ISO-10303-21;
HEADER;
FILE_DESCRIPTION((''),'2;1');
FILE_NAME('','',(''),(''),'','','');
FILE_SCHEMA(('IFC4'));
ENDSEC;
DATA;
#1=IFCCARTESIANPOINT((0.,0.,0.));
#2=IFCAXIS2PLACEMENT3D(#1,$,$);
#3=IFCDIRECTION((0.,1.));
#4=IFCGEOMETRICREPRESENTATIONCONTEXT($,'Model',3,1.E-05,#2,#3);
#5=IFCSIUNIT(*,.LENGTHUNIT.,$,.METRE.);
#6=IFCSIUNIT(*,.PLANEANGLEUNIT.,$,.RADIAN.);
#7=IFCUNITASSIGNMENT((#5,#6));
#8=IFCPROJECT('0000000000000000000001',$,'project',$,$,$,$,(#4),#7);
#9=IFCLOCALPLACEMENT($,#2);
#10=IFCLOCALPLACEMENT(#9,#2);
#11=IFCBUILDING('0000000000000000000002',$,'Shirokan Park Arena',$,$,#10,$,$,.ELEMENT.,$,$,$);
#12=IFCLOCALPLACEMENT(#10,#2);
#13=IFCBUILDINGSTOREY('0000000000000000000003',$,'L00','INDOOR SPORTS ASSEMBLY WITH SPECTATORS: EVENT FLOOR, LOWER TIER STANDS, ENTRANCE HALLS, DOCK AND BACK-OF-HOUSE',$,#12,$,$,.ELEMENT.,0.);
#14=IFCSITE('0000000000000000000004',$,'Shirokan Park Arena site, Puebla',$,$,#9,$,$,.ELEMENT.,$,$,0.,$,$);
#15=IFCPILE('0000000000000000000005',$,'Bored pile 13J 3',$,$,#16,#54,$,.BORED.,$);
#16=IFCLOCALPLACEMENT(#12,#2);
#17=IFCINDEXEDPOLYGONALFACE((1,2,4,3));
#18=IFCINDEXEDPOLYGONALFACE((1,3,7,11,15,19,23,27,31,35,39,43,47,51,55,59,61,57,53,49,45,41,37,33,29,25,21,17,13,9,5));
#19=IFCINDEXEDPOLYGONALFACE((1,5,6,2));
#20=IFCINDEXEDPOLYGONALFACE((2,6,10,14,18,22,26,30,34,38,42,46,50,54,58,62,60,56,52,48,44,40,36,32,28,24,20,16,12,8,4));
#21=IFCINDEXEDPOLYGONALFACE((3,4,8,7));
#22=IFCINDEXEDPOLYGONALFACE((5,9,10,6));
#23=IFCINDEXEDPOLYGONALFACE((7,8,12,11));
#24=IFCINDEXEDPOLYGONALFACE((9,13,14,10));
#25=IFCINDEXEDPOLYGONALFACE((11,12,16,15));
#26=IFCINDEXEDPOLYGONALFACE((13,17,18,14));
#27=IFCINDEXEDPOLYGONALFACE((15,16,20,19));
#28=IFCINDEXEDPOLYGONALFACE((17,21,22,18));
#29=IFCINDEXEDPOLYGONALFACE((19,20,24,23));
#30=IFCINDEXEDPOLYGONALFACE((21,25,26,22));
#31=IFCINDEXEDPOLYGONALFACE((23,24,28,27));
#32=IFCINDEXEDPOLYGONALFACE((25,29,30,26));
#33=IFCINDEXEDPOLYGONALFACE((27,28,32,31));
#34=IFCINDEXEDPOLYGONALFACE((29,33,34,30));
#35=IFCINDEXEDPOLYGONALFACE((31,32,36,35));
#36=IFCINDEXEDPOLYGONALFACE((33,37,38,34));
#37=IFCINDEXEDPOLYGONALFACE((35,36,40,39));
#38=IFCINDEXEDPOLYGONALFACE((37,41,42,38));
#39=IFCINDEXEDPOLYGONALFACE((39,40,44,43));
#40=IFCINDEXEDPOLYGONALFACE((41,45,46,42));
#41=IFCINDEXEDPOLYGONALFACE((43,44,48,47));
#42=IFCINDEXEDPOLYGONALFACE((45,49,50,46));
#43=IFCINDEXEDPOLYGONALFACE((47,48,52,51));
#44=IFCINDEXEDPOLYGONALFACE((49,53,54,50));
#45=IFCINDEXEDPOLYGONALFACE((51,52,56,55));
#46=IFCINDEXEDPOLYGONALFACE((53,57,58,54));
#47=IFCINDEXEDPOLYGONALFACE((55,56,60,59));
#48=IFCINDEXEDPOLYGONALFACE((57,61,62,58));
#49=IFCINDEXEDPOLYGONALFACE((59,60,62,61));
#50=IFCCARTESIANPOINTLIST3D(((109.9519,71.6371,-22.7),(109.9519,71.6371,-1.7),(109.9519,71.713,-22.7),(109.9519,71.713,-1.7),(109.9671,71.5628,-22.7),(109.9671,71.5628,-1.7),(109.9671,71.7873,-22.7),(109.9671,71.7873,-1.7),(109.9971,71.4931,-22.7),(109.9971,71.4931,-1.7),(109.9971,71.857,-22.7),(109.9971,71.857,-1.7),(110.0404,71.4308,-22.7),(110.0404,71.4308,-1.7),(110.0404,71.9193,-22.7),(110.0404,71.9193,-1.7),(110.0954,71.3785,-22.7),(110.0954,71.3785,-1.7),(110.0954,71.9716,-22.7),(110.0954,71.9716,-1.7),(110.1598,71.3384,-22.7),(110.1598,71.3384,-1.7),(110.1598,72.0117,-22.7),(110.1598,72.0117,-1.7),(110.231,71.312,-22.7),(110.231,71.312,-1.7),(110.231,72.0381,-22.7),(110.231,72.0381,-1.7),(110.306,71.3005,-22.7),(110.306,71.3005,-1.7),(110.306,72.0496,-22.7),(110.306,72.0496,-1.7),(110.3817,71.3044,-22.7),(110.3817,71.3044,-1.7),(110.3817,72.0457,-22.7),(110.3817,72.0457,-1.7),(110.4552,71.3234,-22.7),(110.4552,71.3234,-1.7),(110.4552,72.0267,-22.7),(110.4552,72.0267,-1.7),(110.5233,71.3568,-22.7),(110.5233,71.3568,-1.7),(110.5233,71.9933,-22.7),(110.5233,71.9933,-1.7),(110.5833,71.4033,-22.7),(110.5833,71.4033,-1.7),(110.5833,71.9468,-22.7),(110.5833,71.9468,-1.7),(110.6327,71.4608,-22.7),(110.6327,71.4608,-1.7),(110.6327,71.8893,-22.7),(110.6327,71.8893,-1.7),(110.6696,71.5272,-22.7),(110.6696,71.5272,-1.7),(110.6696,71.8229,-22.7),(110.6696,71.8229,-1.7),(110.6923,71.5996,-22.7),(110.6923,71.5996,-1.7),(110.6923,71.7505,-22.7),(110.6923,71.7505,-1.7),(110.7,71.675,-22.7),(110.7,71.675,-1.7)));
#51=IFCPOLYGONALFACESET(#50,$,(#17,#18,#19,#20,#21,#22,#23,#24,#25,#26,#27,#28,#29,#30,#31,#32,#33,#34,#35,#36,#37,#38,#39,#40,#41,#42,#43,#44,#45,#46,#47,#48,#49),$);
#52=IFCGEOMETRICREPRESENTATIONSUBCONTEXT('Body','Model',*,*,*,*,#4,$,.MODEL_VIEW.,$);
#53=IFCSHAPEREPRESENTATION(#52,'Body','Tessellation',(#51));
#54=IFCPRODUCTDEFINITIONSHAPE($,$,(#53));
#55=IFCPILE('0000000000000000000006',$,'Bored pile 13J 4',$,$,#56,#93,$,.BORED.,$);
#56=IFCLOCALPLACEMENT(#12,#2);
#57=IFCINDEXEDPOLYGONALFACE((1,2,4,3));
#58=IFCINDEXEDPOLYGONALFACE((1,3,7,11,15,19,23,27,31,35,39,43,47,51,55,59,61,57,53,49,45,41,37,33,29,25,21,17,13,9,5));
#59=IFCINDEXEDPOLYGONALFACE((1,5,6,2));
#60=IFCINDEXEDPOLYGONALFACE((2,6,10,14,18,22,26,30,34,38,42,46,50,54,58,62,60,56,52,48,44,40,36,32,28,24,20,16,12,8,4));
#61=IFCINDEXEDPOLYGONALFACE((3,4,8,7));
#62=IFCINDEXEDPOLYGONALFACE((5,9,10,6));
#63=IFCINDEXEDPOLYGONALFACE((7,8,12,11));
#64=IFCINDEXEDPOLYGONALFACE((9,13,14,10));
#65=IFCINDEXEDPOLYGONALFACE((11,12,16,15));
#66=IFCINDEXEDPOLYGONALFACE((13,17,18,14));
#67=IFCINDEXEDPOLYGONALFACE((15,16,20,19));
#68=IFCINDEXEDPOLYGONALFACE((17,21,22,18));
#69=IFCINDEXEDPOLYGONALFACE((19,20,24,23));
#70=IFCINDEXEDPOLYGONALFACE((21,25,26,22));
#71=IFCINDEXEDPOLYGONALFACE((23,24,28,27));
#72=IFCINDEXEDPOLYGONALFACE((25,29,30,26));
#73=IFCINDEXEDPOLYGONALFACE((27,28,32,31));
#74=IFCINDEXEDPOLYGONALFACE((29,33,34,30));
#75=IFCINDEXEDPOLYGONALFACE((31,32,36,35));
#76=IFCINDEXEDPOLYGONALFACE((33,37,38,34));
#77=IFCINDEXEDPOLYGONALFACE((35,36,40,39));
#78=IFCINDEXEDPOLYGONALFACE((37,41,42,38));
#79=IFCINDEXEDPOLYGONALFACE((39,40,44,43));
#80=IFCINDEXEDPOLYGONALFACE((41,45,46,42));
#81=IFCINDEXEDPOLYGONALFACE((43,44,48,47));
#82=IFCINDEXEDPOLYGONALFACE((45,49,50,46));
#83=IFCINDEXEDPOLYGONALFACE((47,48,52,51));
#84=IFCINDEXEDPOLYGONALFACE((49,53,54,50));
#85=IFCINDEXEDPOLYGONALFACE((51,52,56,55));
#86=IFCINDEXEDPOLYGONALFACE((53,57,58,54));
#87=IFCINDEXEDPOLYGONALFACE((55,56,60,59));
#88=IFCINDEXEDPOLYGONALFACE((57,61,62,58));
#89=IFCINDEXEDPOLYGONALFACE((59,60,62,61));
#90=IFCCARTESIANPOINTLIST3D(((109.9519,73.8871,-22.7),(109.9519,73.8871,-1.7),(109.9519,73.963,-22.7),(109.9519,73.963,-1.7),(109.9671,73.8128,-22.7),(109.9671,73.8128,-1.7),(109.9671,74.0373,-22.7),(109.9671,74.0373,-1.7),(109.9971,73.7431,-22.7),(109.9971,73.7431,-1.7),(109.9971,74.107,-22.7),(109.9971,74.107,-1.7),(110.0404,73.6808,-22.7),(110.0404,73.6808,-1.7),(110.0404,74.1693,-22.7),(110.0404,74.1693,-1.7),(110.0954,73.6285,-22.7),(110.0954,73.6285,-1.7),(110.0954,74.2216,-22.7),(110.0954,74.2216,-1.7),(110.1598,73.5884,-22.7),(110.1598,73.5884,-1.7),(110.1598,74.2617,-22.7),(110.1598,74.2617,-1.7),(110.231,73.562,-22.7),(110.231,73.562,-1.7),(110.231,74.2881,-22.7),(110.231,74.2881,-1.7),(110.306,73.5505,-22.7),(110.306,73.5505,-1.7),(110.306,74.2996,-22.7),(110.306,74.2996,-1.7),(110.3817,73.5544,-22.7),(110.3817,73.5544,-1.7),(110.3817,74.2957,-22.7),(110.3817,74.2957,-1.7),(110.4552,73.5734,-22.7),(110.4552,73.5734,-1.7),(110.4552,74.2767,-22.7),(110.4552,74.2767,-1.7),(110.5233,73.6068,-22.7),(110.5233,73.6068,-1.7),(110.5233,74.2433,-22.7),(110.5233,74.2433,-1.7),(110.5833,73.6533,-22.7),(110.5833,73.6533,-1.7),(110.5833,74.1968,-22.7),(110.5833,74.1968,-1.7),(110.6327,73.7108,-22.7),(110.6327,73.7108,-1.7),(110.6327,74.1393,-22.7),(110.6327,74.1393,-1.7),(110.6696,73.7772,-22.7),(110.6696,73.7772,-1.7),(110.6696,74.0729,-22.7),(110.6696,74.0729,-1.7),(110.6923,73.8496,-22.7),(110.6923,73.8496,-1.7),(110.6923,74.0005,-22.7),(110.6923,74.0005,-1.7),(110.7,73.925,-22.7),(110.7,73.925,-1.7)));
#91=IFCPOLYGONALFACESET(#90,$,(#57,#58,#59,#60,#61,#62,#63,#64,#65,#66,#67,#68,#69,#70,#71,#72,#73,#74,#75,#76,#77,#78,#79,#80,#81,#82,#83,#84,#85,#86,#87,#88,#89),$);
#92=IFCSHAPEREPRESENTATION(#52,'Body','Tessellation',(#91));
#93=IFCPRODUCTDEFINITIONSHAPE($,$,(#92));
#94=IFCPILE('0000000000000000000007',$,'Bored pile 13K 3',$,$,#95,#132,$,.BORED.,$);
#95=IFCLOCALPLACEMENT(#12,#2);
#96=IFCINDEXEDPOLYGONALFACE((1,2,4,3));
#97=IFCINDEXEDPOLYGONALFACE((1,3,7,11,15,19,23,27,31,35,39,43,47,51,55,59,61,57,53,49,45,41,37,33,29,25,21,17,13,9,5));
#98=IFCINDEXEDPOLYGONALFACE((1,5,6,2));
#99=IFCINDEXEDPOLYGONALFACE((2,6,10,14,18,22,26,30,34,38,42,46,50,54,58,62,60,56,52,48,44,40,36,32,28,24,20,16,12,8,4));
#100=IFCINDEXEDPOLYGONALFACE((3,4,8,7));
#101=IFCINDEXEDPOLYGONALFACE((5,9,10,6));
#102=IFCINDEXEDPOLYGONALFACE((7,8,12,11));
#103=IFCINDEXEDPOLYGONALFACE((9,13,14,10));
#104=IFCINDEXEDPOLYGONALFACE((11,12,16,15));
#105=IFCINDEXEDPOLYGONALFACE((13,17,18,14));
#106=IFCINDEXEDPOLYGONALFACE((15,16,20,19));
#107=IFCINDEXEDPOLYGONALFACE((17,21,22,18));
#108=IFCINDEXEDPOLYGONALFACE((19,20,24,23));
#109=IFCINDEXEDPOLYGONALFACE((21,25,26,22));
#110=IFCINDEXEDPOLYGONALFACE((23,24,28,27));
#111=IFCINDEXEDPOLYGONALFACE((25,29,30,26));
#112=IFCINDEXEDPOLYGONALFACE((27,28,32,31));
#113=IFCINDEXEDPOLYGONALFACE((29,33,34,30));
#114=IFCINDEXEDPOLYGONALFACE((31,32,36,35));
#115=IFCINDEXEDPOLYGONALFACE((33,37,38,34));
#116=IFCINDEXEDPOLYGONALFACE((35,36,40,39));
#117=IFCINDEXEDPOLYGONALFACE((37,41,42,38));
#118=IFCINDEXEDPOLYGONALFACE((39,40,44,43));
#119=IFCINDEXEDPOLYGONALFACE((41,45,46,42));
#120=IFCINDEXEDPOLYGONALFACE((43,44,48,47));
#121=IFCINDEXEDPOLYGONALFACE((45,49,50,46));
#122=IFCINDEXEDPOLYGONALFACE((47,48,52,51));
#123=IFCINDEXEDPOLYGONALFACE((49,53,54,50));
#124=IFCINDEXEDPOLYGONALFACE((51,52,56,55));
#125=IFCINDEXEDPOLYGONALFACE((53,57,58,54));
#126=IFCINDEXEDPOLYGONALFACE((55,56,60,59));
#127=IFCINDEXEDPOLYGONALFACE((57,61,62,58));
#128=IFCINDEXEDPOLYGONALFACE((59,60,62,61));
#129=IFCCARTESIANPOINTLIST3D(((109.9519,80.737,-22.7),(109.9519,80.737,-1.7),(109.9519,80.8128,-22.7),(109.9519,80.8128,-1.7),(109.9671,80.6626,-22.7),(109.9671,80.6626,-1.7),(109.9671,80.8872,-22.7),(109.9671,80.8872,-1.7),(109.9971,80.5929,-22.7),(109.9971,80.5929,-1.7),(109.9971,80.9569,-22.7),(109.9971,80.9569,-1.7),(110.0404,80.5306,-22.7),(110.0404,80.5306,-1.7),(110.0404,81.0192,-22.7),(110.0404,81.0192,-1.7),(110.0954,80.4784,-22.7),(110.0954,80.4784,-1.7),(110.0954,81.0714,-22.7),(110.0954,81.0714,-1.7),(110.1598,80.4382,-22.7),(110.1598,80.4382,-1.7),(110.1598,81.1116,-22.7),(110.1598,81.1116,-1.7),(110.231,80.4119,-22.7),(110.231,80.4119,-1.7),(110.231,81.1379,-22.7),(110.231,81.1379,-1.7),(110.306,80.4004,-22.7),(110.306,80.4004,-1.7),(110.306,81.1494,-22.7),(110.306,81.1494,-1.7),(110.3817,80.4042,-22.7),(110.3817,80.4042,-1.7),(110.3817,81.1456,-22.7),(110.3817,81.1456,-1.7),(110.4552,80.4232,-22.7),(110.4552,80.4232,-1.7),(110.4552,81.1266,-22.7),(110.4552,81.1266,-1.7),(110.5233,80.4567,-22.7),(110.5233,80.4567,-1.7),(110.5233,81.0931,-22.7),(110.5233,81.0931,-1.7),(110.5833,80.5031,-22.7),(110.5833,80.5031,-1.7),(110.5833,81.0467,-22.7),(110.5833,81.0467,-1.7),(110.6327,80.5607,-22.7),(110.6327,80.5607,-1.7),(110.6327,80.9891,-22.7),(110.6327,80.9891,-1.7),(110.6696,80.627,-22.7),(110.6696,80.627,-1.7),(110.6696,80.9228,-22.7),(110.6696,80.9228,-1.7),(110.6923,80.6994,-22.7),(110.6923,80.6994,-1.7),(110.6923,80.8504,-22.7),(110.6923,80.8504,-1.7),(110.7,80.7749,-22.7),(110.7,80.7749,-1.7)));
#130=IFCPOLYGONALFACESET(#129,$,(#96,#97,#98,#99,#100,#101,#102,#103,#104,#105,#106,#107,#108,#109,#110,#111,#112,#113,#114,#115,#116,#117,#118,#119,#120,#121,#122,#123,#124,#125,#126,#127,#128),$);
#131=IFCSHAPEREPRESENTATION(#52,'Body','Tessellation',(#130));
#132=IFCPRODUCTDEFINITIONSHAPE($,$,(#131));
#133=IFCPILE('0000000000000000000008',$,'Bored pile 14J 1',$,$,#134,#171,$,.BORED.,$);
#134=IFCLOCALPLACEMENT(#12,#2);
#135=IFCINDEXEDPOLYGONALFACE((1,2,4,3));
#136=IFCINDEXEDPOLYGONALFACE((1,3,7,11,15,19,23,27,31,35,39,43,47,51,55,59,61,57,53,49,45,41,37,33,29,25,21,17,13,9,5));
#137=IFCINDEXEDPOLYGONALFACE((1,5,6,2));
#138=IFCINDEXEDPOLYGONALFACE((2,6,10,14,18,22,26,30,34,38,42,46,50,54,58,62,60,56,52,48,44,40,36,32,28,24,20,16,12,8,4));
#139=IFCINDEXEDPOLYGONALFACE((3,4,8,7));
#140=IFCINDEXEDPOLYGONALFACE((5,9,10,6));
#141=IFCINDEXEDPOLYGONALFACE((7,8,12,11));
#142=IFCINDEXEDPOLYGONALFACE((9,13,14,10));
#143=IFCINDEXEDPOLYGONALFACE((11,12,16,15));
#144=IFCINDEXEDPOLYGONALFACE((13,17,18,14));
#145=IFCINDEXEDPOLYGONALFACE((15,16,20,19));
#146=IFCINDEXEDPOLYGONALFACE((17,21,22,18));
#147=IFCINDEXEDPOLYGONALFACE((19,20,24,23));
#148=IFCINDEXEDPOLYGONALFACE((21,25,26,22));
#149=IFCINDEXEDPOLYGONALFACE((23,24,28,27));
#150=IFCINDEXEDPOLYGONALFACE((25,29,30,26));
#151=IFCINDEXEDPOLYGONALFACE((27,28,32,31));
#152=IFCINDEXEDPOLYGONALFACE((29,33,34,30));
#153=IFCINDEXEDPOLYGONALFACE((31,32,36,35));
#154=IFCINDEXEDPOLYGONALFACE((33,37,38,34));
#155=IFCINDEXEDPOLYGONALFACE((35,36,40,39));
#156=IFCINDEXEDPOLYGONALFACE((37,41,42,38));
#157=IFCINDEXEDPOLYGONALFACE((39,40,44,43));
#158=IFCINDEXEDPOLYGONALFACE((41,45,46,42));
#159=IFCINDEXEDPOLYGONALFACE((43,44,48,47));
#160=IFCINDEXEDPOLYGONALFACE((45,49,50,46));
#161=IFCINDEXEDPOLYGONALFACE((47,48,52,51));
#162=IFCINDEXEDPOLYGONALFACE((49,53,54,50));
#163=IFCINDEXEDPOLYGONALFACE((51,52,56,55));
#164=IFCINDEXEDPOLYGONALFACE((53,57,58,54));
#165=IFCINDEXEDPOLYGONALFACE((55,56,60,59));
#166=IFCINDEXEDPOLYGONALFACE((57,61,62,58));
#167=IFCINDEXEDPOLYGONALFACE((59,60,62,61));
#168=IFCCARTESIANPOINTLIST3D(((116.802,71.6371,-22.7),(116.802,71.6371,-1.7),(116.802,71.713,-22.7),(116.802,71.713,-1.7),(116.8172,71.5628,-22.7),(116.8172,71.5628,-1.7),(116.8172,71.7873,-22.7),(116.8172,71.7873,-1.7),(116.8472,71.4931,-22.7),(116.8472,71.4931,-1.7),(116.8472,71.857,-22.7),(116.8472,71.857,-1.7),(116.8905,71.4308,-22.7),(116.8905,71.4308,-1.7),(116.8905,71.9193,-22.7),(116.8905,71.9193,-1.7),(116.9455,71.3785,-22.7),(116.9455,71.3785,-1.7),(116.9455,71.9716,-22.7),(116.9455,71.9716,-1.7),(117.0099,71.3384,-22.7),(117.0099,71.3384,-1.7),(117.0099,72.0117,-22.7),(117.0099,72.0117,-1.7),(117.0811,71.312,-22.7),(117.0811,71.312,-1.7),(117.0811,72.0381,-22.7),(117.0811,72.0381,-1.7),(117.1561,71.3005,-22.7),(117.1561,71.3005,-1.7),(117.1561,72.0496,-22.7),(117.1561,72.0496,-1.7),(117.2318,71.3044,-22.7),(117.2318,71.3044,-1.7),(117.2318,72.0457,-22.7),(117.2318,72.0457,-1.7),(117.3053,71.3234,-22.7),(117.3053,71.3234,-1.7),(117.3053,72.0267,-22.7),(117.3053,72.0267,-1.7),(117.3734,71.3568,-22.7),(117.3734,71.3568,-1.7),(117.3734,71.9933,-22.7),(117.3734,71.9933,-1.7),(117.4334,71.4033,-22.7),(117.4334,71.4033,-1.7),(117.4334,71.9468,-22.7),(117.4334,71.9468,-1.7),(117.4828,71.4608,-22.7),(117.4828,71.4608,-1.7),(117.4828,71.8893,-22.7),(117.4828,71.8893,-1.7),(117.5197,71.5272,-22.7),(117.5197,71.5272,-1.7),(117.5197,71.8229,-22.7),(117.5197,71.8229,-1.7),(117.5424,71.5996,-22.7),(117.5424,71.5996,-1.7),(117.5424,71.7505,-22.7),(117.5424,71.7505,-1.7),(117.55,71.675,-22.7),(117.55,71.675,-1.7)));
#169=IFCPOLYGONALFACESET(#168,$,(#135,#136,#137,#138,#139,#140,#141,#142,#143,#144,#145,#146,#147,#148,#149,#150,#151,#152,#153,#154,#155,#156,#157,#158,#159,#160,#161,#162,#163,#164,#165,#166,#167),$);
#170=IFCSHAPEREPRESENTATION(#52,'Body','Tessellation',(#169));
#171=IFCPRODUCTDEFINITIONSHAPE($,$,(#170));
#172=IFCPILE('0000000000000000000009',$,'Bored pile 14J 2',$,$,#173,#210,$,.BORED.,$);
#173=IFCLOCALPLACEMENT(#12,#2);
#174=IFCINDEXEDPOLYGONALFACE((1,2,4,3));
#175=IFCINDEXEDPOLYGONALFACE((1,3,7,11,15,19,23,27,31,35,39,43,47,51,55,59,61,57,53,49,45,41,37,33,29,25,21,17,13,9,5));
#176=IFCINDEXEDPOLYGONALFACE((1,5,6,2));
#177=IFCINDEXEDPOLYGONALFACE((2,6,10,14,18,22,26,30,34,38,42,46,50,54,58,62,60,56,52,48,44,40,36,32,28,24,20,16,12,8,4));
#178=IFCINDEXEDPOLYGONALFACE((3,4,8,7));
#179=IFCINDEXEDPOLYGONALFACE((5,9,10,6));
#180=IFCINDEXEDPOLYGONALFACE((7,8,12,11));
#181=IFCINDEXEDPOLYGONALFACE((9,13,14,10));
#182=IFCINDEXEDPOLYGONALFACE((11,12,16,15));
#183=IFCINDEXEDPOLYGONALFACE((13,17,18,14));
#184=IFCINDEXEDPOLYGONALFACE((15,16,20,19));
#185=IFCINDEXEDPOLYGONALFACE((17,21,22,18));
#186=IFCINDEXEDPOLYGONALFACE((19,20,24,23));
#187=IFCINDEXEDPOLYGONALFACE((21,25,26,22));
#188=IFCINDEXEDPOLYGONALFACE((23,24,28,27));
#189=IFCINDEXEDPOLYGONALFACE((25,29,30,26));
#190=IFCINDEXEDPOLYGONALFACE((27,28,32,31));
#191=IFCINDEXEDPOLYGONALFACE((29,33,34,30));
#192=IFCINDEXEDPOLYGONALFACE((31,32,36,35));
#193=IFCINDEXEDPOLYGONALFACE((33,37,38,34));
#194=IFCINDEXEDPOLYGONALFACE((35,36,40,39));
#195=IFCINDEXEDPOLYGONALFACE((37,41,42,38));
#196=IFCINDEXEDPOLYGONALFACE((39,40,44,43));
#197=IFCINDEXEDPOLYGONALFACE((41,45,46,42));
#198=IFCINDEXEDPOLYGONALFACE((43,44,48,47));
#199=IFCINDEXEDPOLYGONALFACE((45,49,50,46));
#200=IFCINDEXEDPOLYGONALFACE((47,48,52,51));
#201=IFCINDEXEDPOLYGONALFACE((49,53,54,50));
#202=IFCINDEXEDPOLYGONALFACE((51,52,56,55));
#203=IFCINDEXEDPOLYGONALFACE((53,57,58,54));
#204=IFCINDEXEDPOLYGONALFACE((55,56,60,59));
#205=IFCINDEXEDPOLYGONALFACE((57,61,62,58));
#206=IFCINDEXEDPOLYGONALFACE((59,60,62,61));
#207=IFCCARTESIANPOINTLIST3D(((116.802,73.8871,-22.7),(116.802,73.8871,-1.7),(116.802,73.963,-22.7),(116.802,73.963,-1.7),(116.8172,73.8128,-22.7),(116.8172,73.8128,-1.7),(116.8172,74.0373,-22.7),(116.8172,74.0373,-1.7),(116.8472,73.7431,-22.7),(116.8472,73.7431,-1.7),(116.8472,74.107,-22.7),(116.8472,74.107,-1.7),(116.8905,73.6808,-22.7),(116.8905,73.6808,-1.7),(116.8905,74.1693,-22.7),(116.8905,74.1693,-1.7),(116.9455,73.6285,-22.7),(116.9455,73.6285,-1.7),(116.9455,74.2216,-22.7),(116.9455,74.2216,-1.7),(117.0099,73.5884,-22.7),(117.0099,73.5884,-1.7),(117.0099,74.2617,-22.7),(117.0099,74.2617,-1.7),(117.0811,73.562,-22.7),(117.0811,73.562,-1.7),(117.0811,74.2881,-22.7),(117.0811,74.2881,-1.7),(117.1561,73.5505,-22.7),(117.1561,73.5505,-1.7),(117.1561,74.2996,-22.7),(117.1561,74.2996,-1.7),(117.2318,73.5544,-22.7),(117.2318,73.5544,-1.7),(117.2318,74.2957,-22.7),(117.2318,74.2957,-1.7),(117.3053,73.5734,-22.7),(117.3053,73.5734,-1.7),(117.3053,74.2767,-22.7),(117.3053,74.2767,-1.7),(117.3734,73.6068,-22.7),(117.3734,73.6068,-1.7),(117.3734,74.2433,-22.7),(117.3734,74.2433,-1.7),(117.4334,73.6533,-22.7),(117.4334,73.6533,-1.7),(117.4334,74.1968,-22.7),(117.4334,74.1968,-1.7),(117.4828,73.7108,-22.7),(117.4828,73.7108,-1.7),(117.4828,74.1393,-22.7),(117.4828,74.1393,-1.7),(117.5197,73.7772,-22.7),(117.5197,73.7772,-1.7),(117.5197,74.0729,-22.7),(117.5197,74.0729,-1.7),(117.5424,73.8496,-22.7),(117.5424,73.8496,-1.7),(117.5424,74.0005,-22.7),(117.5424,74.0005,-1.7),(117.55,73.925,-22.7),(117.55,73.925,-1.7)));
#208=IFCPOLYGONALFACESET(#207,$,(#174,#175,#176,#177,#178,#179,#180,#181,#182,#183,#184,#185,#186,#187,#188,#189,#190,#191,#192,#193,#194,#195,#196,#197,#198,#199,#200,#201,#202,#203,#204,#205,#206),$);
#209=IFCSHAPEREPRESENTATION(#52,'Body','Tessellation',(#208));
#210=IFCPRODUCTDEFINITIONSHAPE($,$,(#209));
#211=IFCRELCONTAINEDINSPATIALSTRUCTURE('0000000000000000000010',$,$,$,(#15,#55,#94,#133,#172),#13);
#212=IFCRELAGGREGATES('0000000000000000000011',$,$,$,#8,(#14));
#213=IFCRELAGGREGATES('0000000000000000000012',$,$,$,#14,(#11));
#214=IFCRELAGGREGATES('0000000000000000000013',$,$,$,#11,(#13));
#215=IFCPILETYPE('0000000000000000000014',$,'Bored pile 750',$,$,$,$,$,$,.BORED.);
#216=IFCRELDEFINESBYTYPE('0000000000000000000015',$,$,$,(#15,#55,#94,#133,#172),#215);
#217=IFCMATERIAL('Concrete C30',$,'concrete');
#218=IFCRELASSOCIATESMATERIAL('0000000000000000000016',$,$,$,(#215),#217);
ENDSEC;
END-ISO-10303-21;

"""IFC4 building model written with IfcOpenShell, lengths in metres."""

from ifc_helpers import new_model, si_unit, direction, frame, origin, origin_2d, place, context, subcontext, project, spatial, circle, extrude, material, material_profile, profile_set, type_object, element, save


model = new_model("IFC4")

# Units and contexts
model_context = context("Model", 3, precision=1e-05, world=origin(), true_north=direction((0.0, 1.0)))
body_context = subcontext(model_context, "Body", "Model", "MODEL_VIEW")
ifc_project = project(units=[si_unit("LENGTHUNIT", "METRE"), si_unit("PLANEANGLEUNIT", "RADIAN")], contexts=[model_context])

# Site, building, storey
site_placement = place(None, origin())
site = spatial("IfcSite", under=ifc_project, at=site_placement, Name="Shirokan Park Arena site, Puebla", CompositionType="ELEMENT", RefElevation=0.0)
building_placement = place(site_placement, origin())
building = spatial("IfcBuilding", under=site, at=building_placement, Name="Shirokan Park Arena", CompositionType="ELEMENT")
storey_placement = place(building_placement, origin())
storey = spatial("IfcBuildingStorey", under=building, at=storey_placement, Name="L00", Description="INDOOR SPORTS ASSEMBLY WITH SPECTATORS: EVENT FLOOR, LOWER TIER STANDS, ENTRANCE HALLS, DOCK AND BACK-OF-HOUSE", CompositionType="ELEMENT", Elevation=0.0)

# Piles
ifc_material_1 = material(Name="Concrete C30", Category="concrete")
ifc_material_profile_1 = material_profile(ifc_material_1, circle(Radius=0.375, at=origin_2d()), Name="D750")
ifc_profile_set_1 = profile_set([ifc_material_profile_1], Name="Concrete C30")
pile_type = type_object("IfcPileType", Name="Bored pile 750", PredefinedType="BORED", material=ifc_profile_set_1)
for number, where, z_axis, x_axis, name in (
    (1, (110.325, 71.675, -1.7), (0.0, 0.0, -1.0), (1.0, 0.0, 0.0), "Bored pile 13J 3"),
    (2, (110.325, 73.925, -1.7), (0.0, 0.0, -1.0), (1.0, 0.0, 0.0), "Bored pile 13J 4"),
    (3, (110.325, 80.7749, -1.7), (0.0, 0.0, -1.0), (1.0, 0.0, 0.0), "Bored pile 13K 3"),
    (4, (117.175, 71.675, -1.7), (0.0, 0.0, -1.0), (1.0, 0.0, 0.0), "Bored pile 14J 1"),
    (5, (117.175, 73.925, -1.7), (0.0, 0.0, -1.0), (1.0, 0.0, 0.0), "Bored pile 14J 2"),
):
    element("IfcPile", number, at=place(storey_placement, frame(where, z_axis=z_axis, x_axis=x_axis)), inside=storey, type_object=pile_type, Name=name, PredefinedType="BORED", context=body_context, shape_type="SweptSolid", body=[
        extrude(circle(Radius=0.375, at=origin_2d()), origin(), (0.0, 0.0, 1.0), 21.0),
    ])

save(model, "model.ifc")
